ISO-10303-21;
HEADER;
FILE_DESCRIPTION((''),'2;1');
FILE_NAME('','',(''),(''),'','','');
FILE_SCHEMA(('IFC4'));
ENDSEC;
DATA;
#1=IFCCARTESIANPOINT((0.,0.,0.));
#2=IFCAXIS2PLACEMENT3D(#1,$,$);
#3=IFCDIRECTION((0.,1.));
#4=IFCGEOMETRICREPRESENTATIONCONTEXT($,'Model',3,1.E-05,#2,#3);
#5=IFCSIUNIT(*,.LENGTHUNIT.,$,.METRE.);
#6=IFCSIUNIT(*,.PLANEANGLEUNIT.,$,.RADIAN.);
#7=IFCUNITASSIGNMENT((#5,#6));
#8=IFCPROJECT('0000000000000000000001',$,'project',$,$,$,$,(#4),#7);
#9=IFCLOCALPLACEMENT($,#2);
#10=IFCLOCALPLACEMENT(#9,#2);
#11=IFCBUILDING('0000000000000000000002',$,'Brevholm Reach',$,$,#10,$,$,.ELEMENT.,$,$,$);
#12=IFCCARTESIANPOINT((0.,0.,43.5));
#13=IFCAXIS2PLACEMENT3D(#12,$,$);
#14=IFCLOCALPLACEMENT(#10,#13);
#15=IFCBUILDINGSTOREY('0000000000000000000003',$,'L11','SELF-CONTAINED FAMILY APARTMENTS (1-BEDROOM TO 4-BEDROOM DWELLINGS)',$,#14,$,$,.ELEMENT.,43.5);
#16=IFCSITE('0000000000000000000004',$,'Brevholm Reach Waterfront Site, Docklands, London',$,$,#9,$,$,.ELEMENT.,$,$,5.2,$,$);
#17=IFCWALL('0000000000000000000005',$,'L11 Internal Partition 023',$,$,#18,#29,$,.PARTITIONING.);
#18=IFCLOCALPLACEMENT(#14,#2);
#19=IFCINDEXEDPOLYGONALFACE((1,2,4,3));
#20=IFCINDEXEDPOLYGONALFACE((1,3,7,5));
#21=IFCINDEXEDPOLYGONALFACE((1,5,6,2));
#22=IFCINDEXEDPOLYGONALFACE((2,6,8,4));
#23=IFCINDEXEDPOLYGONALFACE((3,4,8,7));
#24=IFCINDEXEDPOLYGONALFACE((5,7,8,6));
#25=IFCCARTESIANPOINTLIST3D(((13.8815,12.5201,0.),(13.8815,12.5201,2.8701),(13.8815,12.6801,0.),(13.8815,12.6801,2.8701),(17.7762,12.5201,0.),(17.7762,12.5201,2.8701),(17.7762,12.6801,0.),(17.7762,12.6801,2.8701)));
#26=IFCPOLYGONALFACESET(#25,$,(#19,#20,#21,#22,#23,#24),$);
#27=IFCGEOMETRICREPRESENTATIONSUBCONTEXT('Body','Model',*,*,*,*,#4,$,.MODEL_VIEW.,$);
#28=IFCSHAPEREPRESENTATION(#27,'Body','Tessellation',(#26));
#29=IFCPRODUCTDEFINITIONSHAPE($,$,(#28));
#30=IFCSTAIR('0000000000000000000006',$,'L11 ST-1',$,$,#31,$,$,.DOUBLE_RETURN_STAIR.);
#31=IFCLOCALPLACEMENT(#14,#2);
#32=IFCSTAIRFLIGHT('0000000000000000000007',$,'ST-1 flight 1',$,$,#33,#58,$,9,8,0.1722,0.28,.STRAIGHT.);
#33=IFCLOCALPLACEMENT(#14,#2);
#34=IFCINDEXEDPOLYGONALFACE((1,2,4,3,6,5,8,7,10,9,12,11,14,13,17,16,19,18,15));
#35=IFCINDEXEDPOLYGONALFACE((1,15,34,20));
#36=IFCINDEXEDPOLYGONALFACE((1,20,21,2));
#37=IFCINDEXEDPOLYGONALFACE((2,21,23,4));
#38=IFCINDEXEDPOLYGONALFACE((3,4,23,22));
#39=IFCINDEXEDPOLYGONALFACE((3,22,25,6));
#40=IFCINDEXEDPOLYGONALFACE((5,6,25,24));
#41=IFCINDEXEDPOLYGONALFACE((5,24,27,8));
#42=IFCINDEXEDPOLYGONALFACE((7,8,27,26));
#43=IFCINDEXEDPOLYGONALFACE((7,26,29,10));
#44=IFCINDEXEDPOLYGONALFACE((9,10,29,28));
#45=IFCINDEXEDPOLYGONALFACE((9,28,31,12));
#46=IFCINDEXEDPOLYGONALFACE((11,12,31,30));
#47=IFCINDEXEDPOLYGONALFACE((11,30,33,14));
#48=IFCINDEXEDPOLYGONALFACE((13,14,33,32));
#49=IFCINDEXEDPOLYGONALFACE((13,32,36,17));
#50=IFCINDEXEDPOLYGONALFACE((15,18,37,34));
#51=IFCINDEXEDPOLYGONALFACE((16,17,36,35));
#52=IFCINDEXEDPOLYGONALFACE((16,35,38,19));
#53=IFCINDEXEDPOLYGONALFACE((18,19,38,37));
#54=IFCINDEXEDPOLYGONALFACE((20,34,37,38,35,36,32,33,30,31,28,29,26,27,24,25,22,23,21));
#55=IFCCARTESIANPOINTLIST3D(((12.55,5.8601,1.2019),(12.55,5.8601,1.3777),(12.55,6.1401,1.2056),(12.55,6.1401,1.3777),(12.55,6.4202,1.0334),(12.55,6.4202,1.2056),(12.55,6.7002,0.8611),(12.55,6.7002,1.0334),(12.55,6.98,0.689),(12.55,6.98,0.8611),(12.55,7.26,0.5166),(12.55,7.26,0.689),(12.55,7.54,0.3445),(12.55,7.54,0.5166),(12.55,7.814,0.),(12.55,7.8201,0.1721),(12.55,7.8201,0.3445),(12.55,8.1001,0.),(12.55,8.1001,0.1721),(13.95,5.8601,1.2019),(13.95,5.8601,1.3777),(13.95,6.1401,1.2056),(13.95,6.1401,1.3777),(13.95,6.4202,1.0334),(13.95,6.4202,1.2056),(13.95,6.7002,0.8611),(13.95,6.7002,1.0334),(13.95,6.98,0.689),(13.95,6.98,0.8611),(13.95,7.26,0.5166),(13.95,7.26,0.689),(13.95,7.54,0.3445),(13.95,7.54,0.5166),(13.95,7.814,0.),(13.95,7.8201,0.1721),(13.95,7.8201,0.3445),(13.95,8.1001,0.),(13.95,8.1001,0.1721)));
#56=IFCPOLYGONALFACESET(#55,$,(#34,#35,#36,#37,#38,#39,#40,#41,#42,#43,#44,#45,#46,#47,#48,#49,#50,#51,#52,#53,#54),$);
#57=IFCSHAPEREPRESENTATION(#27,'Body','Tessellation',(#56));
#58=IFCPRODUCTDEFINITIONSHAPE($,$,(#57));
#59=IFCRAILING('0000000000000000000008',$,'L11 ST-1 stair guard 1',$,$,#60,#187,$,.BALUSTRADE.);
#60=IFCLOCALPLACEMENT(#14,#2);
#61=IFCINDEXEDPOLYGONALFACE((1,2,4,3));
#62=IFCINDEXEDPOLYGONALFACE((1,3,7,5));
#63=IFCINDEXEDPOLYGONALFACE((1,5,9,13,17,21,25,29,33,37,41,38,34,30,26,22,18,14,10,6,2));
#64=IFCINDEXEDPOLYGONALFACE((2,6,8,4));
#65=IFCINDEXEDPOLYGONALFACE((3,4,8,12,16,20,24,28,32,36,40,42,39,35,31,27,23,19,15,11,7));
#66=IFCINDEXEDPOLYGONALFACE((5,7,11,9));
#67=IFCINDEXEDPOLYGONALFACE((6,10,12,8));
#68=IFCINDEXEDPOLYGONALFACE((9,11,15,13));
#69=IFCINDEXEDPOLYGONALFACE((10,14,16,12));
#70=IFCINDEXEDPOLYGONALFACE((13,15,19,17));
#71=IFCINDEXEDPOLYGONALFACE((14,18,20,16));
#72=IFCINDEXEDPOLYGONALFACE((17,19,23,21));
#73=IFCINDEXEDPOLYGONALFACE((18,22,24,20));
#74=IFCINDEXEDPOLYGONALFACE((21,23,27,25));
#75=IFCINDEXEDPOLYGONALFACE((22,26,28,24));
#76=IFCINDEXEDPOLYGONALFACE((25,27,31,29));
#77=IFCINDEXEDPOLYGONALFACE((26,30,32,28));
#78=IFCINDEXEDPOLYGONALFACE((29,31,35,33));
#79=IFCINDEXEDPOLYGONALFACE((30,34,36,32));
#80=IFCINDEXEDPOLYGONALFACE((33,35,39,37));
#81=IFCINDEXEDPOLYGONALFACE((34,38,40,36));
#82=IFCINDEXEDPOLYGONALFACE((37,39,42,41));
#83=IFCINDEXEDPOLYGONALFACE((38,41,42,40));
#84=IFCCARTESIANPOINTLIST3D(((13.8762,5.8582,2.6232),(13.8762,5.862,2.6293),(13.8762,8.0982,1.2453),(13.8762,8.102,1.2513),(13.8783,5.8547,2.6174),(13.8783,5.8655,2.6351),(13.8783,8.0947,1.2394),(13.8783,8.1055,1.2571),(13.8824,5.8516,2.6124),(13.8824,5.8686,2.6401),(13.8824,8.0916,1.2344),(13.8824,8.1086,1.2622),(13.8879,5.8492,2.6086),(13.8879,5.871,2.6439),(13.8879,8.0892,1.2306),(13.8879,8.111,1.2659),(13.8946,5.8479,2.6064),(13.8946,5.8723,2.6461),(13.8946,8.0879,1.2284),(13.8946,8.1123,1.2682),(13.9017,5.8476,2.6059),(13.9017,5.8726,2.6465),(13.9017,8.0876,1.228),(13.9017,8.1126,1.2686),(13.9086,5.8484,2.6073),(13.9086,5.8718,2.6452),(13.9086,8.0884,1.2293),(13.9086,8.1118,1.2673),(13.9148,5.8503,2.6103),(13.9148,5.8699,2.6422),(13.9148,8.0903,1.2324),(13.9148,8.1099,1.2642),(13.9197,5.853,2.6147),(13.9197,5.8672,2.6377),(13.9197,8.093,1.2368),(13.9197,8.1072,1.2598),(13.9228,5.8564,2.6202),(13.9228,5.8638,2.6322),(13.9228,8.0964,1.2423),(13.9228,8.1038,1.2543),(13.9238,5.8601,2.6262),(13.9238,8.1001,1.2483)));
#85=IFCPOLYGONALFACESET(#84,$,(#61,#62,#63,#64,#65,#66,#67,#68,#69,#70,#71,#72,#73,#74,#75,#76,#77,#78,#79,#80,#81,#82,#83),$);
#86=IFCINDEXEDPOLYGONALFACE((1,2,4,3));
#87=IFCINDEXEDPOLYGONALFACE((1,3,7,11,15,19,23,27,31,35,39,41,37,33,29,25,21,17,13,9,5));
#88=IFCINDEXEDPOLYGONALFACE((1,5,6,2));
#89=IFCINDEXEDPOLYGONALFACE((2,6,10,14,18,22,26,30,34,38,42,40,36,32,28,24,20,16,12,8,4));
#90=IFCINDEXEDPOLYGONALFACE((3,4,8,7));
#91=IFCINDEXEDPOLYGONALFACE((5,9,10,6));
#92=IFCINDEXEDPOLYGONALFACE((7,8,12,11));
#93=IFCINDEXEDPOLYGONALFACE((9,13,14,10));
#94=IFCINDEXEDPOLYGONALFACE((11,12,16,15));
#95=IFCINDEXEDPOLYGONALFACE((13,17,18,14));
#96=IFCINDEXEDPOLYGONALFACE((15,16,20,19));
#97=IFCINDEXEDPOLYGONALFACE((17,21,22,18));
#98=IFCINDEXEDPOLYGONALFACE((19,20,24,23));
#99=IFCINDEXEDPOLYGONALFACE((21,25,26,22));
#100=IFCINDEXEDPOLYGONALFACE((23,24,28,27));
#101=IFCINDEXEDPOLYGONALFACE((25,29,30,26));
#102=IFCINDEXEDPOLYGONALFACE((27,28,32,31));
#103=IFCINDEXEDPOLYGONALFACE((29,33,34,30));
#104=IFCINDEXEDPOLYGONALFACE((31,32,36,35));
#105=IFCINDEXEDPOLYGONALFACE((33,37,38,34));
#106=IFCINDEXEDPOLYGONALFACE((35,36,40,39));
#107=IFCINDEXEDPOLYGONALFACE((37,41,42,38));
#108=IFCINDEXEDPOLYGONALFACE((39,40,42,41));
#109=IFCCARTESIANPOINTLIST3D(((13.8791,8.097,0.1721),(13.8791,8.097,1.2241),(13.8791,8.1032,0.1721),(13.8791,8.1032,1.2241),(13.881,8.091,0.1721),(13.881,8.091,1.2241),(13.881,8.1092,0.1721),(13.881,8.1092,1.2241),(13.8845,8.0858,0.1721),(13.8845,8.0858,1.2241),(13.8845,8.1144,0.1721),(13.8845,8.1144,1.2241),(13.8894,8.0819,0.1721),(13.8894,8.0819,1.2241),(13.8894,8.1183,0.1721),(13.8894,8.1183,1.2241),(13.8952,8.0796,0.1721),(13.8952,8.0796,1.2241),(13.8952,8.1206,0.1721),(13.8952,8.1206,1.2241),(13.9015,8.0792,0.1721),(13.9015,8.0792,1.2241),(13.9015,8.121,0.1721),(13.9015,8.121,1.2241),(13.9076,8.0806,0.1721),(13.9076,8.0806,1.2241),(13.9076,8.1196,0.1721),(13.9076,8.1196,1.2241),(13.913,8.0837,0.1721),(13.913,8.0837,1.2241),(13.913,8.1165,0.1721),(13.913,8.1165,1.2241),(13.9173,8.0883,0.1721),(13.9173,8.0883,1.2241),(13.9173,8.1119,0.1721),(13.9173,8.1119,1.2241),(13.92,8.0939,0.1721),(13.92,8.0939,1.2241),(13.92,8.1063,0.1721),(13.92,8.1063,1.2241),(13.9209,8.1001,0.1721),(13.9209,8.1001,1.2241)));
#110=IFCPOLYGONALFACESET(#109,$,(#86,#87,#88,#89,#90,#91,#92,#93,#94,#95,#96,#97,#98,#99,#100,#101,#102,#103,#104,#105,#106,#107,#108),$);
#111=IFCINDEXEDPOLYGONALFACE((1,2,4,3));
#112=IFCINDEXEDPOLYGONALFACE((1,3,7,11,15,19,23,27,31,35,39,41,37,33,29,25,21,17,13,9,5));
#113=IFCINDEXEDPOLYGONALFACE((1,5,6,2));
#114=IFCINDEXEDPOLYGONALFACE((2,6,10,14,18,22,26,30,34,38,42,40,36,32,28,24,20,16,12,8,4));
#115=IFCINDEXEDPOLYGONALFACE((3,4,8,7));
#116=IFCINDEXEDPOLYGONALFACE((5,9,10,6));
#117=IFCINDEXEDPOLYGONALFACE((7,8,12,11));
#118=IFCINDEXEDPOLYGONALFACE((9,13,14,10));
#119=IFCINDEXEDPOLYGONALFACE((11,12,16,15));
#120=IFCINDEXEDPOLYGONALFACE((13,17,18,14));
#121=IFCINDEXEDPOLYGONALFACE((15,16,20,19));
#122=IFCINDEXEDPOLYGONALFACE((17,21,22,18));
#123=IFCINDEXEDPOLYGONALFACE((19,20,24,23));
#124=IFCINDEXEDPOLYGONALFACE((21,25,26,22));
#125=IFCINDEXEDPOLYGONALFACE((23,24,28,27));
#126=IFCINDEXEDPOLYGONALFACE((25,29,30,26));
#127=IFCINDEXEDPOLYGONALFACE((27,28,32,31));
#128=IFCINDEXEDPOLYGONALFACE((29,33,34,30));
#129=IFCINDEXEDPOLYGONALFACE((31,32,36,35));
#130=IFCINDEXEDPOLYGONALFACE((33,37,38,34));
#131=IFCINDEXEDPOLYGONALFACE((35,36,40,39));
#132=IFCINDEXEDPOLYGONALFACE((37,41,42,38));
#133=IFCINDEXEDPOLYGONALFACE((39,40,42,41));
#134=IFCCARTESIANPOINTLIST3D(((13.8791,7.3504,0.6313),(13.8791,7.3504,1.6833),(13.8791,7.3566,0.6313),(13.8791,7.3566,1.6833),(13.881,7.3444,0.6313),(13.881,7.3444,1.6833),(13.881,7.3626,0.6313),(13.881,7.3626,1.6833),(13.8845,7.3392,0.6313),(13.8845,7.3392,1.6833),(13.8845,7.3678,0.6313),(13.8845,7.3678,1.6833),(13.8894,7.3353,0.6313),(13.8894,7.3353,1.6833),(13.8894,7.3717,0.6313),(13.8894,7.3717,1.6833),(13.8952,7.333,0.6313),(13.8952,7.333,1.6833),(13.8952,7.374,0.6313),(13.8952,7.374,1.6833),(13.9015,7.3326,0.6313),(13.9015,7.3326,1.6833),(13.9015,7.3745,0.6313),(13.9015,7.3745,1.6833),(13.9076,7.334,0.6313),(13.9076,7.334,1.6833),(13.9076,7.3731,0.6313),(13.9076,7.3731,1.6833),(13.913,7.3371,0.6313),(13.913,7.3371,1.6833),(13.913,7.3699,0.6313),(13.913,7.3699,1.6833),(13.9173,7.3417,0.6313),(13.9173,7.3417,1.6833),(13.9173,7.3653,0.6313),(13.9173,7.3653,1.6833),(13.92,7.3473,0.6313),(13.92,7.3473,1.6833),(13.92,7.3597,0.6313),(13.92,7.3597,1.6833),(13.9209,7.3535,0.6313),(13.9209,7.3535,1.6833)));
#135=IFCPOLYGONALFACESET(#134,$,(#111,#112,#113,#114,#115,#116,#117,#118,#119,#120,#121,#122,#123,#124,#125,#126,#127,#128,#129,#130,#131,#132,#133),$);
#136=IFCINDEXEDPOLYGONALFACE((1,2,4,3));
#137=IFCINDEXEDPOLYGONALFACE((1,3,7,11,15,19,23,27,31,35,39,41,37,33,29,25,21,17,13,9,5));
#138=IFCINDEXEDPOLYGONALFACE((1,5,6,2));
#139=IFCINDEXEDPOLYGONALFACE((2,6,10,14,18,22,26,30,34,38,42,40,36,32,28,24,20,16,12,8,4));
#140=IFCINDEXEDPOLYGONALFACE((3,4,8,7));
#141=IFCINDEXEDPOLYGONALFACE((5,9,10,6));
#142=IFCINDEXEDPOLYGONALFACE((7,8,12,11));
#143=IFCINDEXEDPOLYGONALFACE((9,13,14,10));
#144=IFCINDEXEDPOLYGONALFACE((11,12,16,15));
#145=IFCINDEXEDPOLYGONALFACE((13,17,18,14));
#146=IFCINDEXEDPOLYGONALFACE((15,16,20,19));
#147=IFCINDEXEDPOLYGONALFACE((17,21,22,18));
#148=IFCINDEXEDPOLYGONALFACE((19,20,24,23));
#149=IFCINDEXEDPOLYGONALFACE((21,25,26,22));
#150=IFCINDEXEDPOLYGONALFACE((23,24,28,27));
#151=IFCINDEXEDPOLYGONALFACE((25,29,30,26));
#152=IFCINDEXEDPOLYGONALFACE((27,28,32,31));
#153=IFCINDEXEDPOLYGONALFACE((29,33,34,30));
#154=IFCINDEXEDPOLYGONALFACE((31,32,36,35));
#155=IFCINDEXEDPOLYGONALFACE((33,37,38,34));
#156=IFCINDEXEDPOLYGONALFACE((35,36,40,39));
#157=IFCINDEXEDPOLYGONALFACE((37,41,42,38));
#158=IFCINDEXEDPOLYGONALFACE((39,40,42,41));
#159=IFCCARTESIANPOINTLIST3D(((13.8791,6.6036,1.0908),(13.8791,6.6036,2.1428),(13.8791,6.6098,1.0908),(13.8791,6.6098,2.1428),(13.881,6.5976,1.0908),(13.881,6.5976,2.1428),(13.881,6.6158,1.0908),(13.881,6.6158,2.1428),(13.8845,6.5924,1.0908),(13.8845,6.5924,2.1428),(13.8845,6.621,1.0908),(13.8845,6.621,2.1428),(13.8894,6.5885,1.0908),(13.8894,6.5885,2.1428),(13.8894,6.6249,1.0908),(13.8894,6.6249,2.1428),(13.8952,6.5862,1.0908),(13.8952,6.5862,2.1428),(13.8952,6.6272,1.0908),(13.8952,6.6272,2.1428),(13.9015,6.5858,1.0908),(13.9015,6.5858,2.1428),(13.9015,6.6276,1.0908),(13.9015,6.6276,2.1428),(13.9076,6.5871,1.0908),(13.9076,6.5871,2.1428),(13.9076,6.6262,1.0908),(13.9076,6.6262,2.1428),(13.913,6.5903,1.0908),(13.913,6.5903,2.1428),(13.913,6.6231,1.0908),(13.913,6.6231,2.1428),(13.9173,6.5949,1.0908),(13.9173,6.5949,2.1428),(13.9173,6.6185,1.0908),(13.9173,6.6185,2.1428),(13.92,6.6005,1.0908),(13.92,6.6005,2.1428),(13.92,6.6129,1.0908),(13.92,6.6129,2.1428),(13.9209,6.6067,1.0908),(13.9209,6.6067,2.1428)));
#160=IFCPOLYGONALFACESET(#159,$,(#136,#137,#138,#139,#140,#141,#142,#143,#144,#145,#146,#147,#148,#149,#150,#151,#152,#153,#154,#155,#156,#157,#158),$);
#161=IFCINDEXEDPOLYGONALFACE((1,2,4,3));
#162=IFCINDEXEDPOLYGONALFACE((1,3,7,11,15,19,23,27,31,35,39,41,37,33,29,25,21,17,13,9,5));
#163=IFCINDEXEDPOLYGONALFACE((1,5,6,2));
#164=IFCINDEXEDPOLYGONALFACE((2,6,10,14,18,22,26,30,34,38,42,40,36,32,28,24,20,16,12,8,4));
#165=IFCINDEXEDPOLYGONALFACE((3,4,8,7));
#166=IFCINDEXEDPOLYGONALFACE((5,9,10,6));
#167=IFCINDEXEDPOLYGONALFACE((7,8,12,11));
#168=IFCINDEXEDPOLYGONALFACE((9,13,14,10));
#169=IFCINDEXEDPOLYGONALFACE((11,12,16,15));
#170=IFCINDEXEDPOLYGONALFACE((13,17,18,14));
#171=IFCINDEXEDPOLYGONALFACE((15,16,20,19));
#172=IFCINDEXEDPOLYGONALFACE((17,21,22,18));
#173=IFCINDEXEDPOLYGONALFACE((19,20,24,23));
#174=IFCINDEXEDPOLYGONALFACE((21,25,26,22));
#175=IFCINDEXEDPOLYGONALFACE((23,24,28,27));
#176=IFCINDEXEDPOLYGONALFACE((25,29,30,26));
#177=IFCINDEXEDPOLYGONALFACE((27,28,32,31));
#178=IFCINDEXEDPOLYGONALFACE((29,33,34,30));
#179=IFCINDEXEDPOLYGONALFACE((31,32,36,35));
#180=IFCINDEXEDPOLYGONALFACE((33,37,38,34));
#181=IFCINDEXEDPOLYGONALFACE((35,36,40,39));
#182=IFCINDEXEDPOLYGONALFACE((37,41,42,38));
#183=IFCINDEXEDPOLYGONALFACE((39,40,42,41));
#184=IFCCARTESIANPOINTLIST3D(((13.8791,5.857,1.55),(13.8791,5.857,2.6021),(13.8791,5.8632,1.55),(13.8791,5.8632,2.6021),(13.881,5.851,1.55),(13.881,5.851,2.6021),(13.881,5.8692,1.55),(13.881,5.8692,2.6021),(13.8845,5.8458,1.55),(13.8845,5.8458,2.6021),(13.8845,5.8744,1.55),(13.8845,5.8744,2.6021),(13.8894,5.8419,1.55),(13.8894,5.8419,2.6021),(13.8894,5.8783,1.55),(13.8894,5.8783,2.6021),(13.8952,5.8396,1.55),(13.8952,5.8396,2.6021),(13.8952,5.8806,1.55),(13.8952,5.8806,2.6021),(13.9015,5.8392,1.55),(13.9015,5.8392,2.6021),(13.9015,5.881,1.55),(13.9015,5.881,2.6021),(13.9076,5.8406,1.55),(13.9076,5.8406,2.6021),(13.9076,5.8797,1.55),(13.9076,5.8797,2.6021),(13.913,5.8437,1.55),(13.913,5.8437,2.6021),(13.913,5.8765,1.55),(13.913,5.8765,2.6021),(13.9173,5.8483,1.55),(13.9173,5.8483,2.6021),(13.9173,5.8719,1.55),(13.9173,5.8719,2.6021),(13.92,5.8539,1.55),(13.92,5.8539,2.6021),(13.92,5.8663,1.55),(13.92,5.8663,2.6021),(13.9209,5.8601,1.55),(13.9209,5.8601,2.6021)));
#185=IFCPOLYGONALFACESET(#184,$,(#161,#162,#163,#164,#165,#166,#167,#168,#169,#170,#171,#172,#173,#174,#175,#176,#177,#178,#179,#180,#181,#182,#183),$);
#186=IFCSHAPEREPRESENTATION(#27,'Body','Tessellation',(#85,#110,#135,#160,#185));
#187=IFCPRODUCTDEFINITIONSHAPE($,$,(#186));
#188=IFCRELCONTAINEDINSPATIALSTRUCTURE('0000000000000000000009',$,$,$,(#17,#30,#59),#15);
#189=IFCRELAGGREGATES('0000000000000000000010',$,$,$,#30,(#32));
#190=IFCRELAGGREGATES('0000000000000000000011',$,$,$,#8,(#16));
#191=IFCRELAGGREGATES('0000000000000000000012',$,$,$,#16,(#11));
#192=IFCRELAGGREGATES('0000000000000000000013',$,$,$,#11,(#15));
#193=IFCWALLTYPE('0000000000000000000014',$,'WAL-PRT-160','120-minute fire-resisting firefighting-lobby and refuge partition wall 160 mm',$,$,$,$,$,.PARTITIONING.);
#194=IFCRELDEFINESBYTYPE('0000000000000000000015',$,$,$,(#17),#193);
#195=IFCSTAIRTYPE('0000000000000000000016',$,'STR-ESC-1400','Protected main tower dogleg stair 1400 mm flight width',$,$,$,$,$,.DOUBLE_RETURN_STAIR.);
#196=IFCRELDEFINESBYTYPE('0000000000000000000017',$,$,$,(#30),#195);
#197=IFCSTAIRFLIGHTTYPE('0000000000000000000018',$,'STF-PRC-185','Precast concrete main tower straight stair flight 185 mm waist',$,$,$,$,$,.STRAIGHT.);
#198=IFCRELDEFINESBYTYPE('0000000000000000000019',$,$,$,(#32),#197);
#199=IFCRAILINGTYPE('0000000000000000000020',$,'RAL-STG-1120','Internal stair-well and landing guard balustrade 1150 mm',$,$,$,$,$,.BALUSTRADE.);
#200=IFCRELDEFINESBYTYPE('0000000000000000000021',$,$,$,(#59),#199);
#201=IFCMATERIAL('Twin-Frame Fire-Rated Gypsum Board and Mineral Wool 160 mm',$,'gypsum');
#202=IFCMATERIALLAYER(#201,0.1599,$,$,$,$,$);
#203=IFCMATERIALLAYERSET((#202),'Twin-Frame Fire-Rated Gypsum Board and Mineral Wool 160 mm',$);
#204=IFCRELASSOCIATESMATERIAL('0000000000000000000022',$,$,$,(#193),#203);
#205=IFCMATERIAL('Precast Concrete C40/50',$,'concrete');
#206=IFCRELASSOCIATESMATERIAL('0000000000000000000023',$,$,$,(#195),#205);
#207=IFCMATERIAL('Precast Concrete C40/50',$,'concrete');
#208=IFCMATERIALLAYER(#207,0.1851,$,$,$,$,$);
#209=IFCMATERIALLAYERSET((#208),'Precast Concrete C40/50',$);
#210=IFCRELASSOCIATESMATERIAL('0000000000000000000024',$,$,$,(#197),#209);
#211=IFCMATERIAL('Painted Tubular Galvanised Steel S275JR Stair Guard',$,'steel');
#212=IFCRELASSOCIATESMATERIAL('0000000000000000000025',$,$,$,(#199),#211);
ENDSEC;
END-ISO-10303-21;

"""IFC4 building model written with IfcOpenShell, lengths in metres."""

from ifc_helpers import new_model, si_unit, direction, frame, frame_2d, origin, origin_2d, place, context, subcontext, project, spatial, polyline, rectangle, circle, outline, extrude, material, layer, layer_set, type_object, element, aggregate, save


model = new_model("IFC4")

# Units and contexts
model_context = context("Model", 3, precision=1e-05, world=origin(), true_north=direction((0.0, 1.0)))
body_context = subcontext(model_context, "Body", "Model", "MODEL_VIEW")
ifc_project = project(units=[si_unit("LENGTHUNIT", "METRE"), si_unit("PLANEANGLEUNIT", "RADIAN")], contexts=[model_context])

# Site, building, storey
site_placement = place(None, origin())
site = spatial("IfcSite", under=ifc_project, at=site_placement, Name="Brevholm Reach Waterfront Site, Docklands, London", CompositionType="ELEMENT", RefElevation=5.2)
building_placement = place(site_placement, origin())
building = spatial("IfcBuilding", under=site, at=building_placement, Name="Brevholm Reach", CompositionType="ELEMENT")
storey_placement = place(building_placement, frame((0.0, 0.0, 43.5)))
storey = spatial("IfcBuildingStorey", under=building, at=storey_placement, Name="L11", Description="SELF-CONTAINED FAMILY APARTMENTS (1-BEDROOM TO 4-BEDROOM DWELLINGS)", CompositionType="ELEMENT", Elevation=43.5)

# Shared definitions
ifc_material_1 = material(Name="Twin-Frame Fire-Rated Gypsum Board and Mineral Wool 160 mm", Category="gypsum")
ifc_layer_1 = layer(ifc_material_1, 0.1599)
ifc_layer_set_1 = layer_set([ifc_layer_1], Name="Twin-Frame Fire-Rated Gypsum Board and Mineral Wool 160 mm")
wall_type_1 = type_object("IfcWallType", Name="WAL-PRT-160", Description="120-minute fire-resisting firefighting-lobby and refuge partition wall 160 mm", PredefinedType="PARTITIONING", material=ifc_layer_set_1)

# Wall
wall_1_placement = place(storey_placement, frame((13.8816, 12.6001, 0.0), z_axis=(0.0, 0.0, 1.0), x_axis=(1.0, 0.0, 0.0)))
element("IfcWall", 1, at=wall_1_placement, inside=storey, type_object=wall_type_1, Name="L11 Internal Partition 023", PredefinedType="PARTITIONING", context=body_context, shape_type="SweptSolid", body=[
    extrude(rectangle(XDim=3.8948, YDim=0.1599, at=frame_2d((1.9473, 0.0))), origin(), (0.0, 0.0, 1.0), 2.8701),
])

# Stair, stair flight
ifc_material_2 = material(Name="Precast Concrete C40/50", Category="concrete")
stair_type = type_object("IfcStairType", Name="STR-ESC-1400", Description="Protected main tower dogleg stair 1400 mm flight width", PredefinedType="DOUBLE_RETURN_STAIR", material=ifc_material_2)
stair_placement = place(storey_placement, origin())
stair = element("IfcStair", 2, at=stair_placement, inside=storey, type_object=stair_type, Name="L11 ST-1", PredefinedType="DOUBLE_RETURN_STAIR")
ifc_material_3 = material(Name="Precast Concrete C40/50", Category="concrete")
ifc_layer_2 = layer(ifc_material_3, 0.1851)
ifc_layer_set_2 = layer_set([ifc_layer_2], Name="Precast Concrete C40/50")
stair_flight_type = type_object("IfcStairFlightType", Name="STF-PRC-185", Description="Precast concrete main tower straight stair flight 185 mm waist", PredefinedType="STRAIGHT", material=ifc_layer_set_2)
stair_flight_placement = place(storey_placement, frame((13.25, 8.1001, 0.0), z_axis=(0.0, 0.0, 1.0), x_axis=(0.0, -1.0, 0.0)))
stair_flight = element("IfcStairFlight", 3, at=stair_flight_placement, type_object=stair_flight_type, Name="ST-1 flight 1", NumberOfRisers=9, NumberOfTreads=8, PredefinedType="STRAIGHT", RiserHeight=0.1722, TreadLength=0.28, context=body_context, shape_type="SweptSolid", body=[
    extrude(outline(polyline([(0.0, 0.0), (0.0, 0.1721), (0.28, 0.1721), (0.28, 0.3445), (0.5601, 0.3445), (0.5601, 0.5166), (0.8401, 0.5166), (0.8401, 0.689), (1.1201, 0.689), (1.1201, 0.8611), (1.3999, 0.8611), (1.3999, 1.0334), (1.6799, 1.0334), (1.6799, 1.2056), (1.96, 1.2056), (1.96, 1.3777), (2.24, 1.3777), (2.24, 1.55), (2.24, 1.2019), (0.2861, 0.0), (0.0, 0.0)])), frame((0.0, 0.7, 0.0), z_axis=(0.0, -1.0, 0.0), x_axis=(1.0, 0.0, 0.0)), (0.0, 0.0, 1.0), 1.3999),
])
aggregate(stair, [stair_flight])

# Railing
ifc_material_4 = material(Name="Painted Tubular Galvanised Steel S275JR Stair Guard", Category="steel")
railing_type = type_object("IfcRailingType", Name="RAL-STG-1120", Description="Internal stair-well and landing guard balustrade 1150 mm", PredefinedType="BALUSTRADE", material=ifc_material_4)
railing_1_placement = place(storey_placement, frame((13.8999, 8.1001, 0.1721)))
element("IfcRailing", 4, at=railing_1_placement, inside=storey, type_object=railing_type, Name="L11 ST-1 stair guard 1", PredefinedType="BALUSTRADE", context=body_context, shape_type="SweptSolid", body=[
    extrude(circle(Radius=0.0239, at=origin_2d()), frame((0.0, 0.0, 1.0762), z_axis=(0.0, -0.851748, 0.523952), x_axis=(1.0, 0.0, 0.0)), (0.0, 0.0, 1.0), 2.6299),
    extrude(circle(Radius=0.021, at=origin_2d()), origin(), (0.0, 0.0, 1.0), 1.052),
    extrude(circle(Radius=0.021, at=origin_2d()), frame((0.0, -0.7466, 0.4592)), (0.0, 0.0, 1.0), 1.052),
    extrude(circle(Radius=0.021, at=origin_2d()), frame((0.0, -1.4934, 0.9187)), (0.0, 0.0, 1.0), 1.052),
    extrude(circle(Radius=0.021, at=origin_2d()), frame((0.0, -2.24, 1.3779)), (0.0, 0.0, 1.0), 1.052),
])

save(model, "model.ifc")
